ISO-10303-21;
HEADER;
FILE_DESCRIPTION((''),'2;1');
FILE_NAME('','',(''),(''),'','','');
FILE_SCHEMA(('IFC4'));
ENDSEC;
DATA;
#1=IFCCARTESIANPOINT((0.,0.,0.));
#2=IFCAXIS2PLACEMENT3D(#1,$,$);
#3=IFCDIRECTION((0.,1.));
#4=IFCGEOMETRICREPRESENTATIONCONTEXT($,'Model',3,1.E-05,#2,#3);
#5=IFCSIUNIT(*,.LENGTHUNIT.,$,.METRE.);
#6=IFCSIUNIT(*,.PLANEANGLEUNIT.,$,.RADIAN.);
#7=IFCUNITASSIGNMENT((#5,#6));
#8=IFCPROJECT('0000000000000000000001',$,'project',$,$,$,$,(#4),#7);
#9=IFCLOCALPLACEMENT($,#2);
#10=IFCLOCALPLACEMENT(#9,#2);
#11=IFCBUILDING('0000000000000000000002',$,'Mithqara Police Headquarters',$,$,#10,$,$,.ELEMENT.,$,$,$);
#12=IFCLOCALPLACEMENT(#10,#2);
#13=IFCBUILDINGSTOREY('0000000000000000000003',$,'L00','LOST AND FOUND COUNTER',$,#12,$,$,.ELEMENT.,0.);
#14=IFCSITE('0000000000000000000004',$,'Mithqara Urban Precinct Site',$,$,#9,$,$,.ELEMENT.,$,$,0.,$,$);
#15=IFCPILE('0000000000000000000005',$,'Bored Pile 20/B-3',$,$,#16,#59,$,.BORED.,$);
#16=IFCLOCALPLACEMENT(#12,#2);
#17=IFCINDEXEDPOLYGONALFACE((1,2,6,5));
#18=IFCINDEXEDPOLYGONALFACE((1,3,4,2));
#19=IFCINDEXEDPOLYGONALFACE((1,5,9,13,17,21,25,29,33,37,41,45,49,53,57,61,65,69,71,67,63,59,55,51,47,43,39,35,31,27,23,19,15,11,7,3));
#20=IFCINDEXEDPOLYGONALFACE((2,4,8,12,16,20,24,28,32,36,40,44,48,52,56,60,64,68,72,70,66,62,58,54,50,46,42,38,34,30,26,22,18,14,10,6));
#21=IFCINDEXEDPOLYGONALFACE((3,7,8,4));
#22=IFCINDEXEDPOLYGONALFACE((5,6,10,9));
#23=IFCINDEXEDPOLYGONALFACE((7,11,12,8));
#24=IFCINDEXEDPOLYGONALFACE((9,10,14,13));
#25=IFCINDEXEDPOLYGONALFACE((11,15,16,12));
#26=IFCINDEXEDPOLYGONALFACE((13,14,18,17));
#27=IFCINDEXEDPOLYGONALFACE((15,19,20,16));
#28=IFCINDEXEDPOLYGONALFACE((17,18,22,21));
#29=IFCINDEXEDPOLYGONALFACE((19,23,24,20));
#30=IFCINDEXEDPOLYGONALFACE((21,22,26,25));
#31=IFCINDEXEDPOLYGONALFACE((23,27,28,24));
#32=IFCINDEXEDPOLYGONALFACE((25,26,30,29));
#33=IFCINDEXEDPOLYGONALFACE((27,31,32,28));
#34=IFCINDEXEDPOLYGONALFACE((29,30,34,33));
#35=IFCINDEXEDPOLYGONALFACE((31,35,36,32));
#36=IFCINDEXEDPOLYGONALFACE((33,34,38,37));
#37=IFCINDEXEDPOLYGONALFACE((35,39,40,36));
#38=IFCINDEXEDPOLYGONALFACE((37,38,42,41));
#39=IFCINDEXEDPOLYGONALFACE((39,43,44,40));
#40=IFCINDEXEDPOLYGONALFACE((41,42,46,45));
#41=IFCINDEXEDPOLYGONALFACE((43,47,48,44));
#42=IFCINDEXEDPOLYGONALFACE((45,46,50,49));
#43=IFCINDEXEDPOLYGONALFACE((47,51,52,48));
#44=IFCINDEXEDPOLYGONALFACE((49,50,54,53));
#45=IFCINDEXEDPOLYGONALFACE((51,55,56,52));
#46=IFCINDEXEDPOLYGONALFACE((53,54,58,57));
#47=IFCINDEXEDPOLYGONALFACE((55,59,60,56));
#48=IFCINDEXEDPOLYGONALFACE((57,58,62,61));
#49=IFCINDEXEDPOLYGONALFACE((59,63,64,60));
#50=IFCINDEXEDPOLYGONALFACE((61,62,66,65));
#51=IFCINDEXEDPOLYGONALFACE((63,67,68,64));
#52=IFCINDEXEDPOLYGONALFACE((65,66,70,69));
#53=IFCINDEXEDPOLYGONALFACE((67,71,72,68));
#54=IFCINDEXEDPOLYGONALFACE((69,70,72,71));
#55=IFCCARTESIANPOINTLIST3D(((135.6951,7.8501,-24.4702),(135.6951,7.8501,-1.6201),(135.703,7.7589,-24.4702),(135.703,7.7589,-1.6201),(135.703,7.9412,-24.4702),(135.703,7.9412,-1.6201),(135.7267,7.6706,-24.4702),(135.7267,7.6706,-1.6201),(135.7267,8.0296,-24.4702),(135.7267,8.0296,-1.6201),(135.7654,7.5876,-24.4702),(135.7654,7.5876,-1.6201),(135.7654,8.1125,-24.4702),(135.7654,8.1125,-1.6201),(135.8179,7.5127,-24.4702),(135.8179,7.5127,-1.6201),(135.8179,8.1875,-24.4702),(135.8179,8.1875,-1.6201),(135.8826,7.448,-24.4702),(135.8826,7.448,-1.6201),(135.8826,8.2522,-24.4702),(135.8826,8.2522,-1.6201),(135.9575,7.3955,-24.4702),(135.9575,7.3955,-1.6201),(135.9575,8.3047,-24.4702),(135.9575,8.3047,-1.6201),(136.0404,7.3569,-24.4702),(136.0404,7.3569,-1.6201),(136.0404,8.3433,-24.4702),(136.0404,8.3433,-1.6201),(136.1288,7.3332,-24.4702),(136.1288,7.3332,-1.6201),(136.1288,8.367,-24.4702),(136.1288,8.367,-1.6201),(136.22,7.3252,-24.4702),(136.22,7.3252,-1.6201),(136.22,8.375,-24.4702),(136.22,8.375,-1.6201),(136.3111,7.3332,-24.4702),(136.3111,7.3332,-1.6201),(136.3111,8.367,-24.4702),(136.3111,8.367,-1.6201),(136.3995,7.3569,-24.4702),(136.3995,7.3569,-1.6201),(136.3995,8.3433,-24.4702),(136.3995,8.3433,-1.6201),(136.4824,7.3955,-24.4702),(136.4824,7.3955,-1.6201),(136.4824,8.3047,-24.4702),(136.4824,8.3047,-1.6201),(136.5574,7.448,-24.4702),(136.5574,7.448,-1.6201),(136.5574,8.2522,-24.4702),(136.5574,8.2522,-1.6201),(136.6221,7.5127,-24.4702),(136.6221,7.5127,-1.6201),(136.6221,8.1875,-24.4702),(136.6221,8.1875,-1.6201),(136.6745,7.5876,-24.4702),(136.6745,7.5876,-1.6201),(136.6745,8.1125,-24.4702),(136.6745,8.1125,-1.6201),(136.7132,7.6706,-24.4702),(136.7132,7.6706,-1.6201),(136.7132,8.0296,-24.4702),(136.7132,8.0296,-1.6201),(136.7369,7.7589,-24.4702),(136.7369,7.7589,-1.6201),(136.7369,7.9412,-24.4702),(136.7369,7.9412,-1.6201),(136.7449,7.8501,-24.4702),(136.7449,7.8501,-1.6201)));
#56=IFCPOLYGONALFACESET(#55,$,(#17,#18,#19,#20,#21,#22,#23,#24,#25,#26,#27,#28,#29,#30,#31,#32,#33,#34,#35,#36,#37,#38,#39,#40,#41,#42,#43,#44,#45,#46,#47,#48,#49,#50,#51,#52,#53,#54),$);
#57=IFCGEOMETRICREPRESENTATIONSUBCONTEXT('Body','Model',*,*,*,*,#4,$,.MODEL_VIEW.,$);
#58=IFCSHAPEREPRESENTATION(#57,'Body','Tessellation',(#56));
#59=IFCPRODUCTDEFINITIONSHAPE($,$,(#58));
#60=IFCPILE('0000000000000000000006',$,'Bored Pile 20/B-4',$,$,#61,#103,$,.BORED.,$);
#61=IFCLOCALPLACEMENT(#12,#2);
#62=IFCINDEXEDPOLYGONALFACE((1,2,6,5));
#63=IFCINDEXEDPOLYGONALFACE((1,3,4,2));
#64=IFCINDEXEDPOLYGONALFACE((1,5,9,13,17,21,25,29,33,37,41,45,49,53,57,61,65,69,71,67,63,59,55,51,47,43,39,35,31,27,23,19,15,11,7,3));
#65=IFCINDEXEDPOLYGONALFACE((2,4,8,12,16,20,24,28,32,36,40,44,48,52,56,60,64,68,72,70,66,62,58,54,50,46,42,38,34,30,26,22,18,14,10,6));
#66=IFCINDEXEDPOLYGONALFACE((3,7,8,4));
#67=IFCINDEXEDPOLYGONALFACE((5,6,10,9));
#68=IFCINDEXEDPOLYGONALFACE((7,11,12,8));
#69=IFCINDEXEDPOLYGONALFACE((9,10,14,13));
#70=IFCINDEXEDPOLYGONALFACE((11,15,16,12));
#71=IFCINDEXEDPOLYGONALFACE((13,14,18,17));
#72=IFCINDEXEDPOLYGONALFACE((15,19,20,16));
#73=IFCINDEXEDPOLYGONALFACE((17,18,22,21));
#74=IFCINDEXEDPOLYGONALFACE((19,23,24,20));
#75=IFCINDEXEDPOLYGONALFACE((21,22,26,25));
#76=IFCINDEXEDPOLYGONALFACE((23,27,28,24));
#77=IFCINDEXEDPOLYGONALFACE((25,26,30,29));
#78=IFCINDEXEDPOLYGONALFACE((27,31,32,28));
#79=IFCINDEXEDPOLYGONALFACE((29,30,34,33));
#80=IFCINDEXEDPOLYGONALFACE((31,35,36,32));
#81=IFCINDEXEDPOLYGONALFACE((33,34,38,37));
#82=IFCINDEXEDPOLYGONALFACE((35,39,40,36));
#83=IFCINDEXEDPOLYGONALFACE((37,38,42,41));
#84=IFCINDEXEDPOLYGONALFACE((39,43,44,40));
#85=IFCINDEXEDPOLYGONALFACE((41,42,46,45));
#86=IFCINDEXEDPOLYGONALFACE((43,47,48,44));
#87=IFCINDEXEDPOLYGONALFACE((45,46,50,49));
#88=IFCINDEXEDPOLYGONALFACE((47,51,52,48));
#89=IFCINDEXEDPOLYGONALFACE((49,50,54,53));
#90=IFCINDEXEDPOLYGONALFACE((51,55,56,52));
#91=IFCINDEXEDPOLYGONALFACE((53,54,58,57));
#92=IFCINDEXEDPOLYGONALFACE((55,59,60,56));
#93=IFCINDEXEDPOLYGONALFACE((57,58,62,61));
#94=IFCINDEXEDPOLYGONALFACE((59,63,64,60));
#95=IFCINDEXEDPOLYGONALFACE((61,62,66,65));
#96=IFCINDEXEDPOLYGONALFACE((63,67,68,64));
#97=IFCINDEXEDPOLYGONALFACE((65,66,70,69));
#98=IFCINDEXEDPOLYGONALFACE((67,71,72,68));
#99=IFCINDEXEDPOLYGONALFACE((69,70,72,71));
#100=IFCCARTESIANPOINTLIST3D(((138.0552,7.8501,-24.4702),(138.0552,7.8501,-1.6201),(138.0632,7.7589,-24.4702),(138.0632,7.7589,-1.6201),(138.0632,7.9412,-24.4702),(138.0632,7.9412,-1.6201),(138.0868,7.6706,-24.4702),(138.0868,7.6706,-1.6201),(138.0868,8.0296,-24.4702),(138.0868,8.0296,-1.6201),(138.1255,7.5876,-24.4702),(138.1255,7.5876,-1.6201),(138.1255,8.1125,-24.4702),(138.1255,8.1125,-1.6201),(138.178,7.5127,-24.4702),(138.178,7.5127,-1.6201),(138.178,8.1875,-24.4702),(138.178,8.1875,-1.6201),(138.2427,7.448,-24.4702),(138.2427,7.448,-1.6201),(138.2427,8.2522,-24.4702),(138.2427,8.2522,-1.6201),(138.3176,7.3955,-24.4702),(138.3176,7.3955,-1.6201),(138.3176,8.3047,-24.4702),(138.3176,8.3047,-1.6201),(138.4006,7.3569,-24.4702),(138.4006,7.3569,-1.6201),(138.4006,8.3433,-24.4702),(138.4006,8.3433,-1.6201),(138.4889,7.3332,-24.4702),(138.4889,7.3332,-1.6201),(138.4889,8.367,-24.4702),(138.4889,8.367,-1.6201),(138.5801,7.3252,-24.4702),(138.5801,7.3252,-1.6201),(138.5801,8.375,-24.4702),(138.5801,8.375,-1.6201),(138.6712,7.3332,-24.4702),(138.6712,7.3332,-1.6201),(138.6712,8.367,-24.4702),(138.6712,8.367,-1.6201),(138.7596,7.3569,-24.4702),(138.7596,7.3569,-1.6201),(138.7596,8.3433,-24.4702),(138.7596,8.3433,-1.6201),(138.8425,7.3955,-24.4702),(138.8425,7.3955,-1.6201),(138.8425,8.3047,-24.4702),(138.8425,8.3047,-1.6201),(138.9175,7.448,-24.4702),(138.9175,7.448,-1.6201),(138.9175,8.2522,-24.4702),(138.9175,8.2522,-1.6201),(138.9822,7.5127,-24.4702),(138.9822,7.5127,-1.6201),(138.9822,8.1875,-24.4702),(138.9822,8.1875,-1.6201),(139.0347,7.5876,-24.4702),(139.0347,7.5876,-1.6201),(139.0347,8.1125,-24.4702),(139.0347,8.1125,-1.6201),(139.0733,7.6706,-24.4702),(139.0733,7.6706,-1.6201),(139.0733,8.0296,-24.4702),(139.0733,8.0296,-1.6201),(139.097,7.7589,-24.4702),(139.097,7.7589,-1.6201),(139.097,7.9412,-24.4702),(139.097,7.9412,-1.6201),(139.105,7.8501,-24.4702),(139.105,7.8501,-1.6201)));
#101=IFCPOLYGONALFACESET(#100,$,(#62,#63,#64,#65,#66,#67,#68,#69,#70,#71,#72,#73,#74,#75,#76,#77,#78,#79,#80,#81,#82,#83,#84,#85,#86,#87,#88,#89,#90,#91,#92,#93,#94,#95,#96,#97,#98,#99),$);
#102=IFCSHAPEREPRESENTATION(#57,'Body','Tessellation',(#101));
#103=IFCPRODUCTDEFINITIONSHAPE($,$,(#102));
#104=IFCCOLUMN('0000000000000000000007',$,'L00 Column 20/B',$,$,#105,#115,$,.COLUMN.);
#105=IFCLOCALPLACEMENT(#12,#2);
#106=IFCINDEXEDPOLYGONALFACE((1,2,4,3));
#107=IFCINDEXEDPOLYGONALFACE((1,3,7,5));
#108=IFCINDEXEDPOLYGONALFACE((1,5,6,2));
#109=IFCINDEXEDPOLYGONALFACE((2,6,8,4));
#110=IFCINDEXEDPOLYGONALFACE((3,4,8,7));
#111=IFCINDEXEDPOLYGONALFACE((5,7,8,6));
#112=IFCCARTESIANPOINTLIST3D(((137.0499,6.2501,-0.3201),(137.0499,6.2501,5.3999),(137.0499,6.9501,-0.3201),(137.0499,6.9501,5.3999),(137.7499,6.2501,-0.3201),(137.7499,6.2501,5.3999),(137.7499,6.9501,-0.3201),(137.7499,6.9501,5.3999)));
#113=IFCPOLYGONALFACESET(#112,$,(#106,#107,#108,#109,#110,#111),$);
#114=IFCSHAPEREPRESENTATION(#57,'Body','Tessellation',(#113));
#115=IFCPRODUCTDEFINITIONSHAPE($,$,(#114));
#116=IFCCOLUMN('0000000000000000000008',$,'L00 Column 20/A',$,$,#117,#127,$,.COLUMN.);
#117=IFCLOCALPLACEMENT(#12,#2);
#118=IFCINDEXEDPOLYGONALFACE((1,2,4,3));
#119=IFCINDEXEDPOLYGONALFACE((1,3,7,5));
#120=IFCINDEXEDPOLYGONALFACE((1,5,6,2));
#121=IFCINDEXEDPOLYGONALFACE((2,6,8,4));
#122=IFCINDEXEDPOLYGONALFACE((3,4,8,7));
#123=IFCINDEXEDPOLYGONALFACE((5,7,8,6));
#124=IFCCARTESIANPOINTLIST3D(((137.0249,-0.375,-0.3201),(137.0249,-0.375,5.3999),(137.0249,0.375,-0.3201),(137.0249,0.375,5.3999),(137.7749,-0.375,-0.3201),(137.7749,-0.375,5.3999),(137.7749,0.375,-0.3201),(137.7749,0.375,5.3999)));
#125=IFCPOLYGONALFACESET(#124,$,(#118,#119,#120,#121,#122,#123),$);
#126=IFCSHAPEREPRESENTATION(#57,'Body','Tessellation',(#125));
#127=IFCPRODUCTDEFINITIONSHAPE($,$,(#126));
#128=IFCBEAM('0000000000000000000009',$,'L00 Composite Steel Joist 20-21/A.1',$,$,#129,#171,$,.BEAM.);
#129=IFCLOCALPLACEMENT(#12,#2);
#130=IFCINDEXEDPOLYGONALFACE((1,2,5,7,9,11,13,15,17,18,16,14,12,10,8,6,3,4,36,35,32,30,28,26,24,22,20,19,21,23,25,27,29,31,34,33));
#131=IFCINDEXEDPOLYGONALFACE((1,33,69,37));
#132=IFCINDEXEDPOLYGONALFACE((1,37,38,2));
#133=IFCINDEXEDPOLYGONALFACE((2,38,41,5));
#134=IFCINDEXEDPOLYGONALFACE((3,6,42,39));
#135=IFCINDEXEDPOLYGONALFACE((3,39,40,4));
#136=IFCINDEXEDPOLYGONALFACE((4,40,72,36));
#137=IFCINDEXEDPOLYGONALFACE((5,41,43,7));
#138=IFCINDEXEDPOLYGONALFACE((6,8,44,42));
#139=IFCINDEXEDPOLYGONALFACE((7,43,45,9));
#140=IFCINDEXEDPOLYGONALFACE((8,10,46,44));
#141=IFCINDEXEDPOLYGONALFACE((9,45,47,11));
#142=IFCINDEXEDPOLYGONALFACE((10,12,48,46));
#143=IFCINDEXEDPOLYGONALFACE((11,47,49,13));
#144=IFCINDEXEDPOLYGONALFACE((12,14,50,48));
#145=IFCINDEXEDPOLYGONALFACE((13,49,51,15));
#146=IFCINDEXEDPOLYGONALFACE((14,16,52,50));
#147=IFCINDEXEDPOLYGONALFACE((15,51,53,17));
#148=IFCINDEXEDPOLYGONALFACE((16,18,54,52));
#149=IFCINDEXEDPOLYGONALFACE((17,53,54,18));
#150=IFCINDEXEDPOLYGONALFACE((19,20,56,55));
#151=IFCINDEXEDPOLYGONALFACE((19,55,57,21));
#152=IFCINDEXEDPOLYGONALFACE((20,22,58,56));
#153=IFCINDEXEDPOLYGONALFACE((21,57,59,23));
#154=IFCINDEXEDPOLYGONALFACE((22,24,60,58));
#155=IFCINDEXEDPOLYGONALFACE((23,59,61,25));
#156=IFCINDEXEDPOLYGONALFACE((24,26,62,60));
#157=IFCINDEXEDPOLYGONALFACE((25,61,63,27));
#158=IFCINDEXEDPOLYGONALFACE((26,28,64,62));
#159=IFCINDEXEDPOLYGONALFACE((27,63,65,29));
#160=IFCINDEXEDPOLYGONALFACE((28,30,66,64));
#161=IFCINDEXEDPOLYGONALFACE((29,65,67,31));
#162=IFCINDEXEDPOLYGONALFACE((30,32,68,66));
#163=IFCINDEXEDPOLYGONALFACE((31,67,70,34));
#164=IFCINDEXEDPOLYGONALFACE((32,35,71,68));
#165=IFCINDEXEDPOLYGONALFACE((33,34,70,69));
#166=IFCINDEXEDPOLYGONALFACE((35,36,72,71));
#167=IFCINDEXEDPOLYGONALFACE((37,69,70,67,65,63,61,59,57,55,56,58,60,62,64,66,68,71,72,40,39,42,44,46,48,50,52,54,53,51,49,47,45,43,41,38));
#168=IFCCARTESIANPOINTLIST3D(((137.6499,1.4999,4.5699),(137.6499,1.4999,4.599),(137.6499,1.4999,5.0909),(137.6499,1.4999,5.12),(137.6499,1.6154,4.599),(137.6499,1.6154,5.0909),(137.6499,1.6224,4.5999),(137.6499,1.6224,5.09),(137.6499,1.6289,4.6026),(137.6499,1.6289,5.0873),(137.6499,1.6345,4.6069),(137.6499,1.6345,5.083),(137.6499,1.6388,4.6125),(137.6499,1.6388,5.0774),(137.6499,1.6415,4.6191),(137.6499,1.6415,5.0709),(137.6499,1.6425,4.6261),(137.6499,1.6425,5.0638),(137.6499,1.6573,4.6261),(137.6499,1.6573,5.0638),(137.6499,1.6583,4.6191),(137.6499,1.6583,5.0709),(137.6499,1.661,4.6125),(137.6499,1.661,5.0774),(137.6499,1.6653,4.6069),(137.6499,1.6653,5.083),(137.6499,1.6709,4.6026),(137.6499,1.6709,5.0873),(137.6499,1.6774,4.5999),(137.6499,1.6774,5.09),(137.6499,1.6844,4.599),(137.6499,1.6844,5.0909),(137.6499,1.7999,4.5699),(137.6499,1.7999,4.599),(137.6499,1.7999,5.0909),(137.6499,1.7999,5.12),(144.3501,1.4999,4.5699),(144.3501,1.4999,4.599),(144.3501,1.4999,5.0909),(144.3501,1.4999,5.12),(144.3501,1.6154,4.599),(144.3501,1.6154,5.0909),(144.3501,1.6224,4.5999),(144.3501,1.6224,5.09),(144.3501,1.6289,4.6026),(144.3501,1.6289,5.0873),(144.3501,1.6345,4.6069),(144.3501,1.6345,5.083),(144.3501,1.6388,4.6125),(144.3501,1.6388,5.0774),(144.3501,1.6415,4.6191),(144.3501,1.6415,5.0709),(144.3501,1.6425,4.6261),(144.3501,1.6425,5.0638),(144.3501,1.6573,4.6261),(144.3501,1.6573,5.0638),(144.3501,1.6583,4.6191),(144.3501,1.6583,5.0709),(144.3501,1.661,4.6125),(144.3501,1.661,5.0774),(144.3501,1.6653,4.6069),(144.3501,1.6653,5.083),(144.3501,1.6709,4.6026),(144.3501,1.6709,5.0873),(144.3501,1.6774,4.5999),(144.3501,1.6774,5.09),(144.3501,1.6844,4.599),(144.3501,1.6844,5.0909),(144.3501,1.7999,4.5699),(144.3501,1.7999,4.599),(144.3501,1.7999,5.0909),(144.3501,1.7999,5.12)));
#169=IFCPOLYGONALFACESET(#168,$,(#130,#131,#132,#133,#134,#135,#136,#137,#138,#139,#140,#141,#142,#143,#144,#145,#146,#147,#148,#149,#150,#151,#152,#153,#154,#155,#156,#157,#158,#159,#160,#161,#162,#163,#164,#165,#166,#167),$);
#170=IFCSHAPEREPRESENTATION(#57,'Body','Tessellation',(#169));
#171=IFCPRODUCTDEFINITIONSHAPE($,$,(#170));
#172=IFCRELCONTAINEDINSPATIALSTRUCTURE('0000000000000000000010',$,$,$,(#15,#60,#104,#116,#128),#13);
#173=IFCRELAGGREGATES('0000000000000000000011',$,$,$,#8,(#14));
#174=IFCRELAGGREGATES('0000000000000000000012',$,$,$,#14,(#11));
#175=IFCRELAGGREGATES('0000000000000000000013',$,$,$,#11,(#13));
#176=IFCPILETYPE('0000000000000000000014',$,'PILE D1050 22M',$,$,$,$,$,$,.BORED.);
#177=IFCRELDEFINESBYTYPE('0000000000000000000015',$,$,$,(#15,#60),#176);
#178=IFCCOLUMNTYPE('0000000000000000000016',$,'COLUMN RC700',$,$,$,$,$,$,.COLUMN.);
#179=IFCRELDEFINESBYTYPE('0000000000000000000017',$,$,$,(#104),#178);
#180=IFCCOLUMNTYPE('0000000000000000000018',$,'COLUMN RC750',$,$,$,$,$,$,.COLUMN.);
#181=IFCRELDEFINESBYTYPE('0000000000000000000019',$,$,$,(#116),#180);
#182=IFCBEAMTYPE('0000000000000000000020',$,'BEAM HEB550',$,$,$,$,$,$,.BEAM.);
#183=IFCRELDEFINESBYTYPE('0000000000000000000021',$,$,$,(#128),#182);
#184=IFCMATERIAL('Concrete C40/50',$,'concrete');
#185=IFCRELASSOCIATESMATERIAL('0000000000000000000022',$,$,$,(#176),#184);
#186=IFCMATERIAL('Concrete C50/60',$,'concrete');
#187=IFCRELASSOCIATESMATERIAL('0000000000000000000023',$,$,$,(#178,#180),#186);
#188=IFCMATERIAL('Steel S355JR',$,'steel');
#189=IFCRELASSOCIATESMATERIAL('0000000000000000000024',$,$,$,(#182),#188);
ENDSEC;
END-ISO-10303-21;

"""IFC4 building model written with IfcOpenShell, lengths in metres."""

from ifc_helpers import new_model, si_unit, direction, frame, origin, origin_2d, place, context, subcontext, project, spatial, rectangle, circle, i_section, extrude, material, material_profile, profile_set, type_object, element, save


model = new_model("IFC4")

# Units and contexts
model_context = context("Model", 3, precision=1e-05, world=origin(), true_north=direction((0.0, 1.0)))
body_context = subcontext(model_context, "Body", "Model", "MODEL_VIEW")
ifc_project = project(units=[si_unit("LENGTHUNIT", "METRE"), si_unit("PLANEANGLEUNIT", "RADIAN")], contexts=[model_context])

# Site, building, storey
site_placement = place(None, origin())
site = spatial("IfcSite", under=ifc_project, at=site_placement, Name="Mithqara Urban Precinct Site", CompositionType="ELEMENT", RefElevation=0.0)
building_placement = place(site_placement, origin())
building = spatial("IfcBuilding", under=site, at=building_placement, Name="Mithqara Police Headquarters", CompositionType="ELEMENT")
storey_placement = place(building_placement, origin())
storey = spatial("IfcBuildingStorey", under=building, at=storey_placement, Name="L00", Description="LOST AND FOUND COUNTER", CompositionType="ELEMENT", Elevation=0.0)

# Shared definitions
ifc_material_1 = material(Name="Concrete C40/50", Category="concrete")

# Piles
ifc_material_profile_1 = material_profile(ifc_material_1, circle(Radius=0.5249, at=origin_2d()), Name="PILE D1050")
ifc_profile_set_1 = profile_set([ifc_material_profile_1], Name="Concrete C40/50")
pile_type = type_object("IfcPileType", Name="PILE D1050 22M", PredefinedType="BORED", material=ifc_profile_set_1)
for number, where, z_axis, x_axis, name in (
    (1, (136.22, 7.8501, -1.6201), (0.0, 0.0, -1.0), (1.0, 0.0, 0.0), "Bored Pile 20/B-3"),
    (2, (138.5801, 7.8501, -1.6201), (0.0, 0.0, -1.0), (1.0, 0.0, 0.0), "Bored Pile 20/B-4"),
):
    element("IfcPile", number, at=place(storey_placement, frame(where, z_axis=z_axis, x_axis=x_axis)), inside=storey, type_object=pile_type, Name=name, PredefinedType="BORED", context=body_context, shape_type="SweptSolid", body=[
        extrude(circle(Radius=0.5249, at=origin_2d()), origin(), (0.0, 0.0, 1.0), 22.8501),
    ])

# Columns
ifc_material_2 = material(Name="Concrete C50/60", Category="concrete")
ifc_material_profile_2 = material_profile(ifc_material_2, rectangle(XDim=0.7, YDim=0.7, at=origin_2d()), Name="RC 700x700")
ifc_profile_set_2 = profile_set([ifc_material_profile_2], Name="Concrete C50/60")
column_type_1 = type_object("IfcColumnType", Name="COLUMN RC700", PredefinedType="COLUMN", material=ifc_profile_set_2)
column_1_placement = place(storey_placement, frame((137.3999, 6.6001, -0.3201), z_axis=(0.0, 0.0, 1.0), x_axis=(1.0, 0.0, 0.0)))
element("IfcColumn", 3, at=column_1_placement, inside=storey, type_object=column_type_1, Name="L00 Column 20/B", PredefinedType="COLUMN", context=body_context, shape_type="SweptSolid", body=[
    extrude(rectangle(XDim=0.7, YDim=0.7, at=origin_2d()), origin(), (0.0, 0.0, 1.0), 5.72),
])
ifc_material_profile_3 = material_profile(ifc_material_2, rectangle(XDim=0.75, YDim=0.75, at=origin_2d()), Name="RC 750x750")
ifc_profile_set_3 = profile_set([ifc_material_profile_3], Name="Concrete C50/60")
column_type_2 = type_object("IfcColumnType", Name="COLUMN RC750", PredefinedType="COLUMN", material=ifc_profile_set_3)
column_2_placement = place(storey_placement, frame((137.3999, 0.0, -0.3201), z_axis=(0.0, 0.0, 1.0), x_axis=(1.0, 0.0, 0.0)))
element("IfcColumn", 4, at=column_2_placement, inside=storey, type_object=column_type_2, Name="L00 Column 20/A", PredefinedType="COLUMN", context=body_context, shape_type="SweptSolid", body=[
    extrude(rectangle(XDim=0.75, YDim=0.75, at=origin_2d()), origin(), (0.0, 0.0, 1.0), 5.72),
])

# Beam
ifc_material_3 = material(Name="Steel S355JR", Category="steel")
ifc_material_profile_4 = material_profile(ifc_material_3, i_section(OverallWidth=0.3, OverallDepth=0.55, WebThickness=0.0149, FlangeThickness=0.0291, FilletRadius=0.0271, at=origin_2d()), Name="HEB 550")
ifc_profile_set_4 = profile_set([ifc_material_profile_4], Name="Steel S355JR")
beam_type_1 = type_object("IfcBeamType", Name="BEAM HEB550", PredefinedType="BEAM", material=ifc_profile_set_4)
for number, where, z_axis, x_axis, name in (
    (5, (137.6499, 1.6499, 4.845), (1.0, 0.0, 0.0), (0.0, 1.0, 0.0), "L00 Composite Steel Joist 20-21/A.1"),
):
    element("IfcBeam", number, at=place(storey_placement, frame(where, z_axis=z_axis, x_axis=x_axis)), inside=storey, type_object=beam_type_1, Name=name, PredefinedType="BEAM", context=body_context, shape_type="SweptSolid", body=[
        extrude(i_section(OverallWidth=0.3, OverallDepth=0.55, WebThickness=0.0149, FlangeThickness=0.0291, FilletRadius=0.0271, at=origin_2d()), origin(), (0.0, 0.0, 1.0), 6.7002),
    ])

save(model, "model.ifc")
